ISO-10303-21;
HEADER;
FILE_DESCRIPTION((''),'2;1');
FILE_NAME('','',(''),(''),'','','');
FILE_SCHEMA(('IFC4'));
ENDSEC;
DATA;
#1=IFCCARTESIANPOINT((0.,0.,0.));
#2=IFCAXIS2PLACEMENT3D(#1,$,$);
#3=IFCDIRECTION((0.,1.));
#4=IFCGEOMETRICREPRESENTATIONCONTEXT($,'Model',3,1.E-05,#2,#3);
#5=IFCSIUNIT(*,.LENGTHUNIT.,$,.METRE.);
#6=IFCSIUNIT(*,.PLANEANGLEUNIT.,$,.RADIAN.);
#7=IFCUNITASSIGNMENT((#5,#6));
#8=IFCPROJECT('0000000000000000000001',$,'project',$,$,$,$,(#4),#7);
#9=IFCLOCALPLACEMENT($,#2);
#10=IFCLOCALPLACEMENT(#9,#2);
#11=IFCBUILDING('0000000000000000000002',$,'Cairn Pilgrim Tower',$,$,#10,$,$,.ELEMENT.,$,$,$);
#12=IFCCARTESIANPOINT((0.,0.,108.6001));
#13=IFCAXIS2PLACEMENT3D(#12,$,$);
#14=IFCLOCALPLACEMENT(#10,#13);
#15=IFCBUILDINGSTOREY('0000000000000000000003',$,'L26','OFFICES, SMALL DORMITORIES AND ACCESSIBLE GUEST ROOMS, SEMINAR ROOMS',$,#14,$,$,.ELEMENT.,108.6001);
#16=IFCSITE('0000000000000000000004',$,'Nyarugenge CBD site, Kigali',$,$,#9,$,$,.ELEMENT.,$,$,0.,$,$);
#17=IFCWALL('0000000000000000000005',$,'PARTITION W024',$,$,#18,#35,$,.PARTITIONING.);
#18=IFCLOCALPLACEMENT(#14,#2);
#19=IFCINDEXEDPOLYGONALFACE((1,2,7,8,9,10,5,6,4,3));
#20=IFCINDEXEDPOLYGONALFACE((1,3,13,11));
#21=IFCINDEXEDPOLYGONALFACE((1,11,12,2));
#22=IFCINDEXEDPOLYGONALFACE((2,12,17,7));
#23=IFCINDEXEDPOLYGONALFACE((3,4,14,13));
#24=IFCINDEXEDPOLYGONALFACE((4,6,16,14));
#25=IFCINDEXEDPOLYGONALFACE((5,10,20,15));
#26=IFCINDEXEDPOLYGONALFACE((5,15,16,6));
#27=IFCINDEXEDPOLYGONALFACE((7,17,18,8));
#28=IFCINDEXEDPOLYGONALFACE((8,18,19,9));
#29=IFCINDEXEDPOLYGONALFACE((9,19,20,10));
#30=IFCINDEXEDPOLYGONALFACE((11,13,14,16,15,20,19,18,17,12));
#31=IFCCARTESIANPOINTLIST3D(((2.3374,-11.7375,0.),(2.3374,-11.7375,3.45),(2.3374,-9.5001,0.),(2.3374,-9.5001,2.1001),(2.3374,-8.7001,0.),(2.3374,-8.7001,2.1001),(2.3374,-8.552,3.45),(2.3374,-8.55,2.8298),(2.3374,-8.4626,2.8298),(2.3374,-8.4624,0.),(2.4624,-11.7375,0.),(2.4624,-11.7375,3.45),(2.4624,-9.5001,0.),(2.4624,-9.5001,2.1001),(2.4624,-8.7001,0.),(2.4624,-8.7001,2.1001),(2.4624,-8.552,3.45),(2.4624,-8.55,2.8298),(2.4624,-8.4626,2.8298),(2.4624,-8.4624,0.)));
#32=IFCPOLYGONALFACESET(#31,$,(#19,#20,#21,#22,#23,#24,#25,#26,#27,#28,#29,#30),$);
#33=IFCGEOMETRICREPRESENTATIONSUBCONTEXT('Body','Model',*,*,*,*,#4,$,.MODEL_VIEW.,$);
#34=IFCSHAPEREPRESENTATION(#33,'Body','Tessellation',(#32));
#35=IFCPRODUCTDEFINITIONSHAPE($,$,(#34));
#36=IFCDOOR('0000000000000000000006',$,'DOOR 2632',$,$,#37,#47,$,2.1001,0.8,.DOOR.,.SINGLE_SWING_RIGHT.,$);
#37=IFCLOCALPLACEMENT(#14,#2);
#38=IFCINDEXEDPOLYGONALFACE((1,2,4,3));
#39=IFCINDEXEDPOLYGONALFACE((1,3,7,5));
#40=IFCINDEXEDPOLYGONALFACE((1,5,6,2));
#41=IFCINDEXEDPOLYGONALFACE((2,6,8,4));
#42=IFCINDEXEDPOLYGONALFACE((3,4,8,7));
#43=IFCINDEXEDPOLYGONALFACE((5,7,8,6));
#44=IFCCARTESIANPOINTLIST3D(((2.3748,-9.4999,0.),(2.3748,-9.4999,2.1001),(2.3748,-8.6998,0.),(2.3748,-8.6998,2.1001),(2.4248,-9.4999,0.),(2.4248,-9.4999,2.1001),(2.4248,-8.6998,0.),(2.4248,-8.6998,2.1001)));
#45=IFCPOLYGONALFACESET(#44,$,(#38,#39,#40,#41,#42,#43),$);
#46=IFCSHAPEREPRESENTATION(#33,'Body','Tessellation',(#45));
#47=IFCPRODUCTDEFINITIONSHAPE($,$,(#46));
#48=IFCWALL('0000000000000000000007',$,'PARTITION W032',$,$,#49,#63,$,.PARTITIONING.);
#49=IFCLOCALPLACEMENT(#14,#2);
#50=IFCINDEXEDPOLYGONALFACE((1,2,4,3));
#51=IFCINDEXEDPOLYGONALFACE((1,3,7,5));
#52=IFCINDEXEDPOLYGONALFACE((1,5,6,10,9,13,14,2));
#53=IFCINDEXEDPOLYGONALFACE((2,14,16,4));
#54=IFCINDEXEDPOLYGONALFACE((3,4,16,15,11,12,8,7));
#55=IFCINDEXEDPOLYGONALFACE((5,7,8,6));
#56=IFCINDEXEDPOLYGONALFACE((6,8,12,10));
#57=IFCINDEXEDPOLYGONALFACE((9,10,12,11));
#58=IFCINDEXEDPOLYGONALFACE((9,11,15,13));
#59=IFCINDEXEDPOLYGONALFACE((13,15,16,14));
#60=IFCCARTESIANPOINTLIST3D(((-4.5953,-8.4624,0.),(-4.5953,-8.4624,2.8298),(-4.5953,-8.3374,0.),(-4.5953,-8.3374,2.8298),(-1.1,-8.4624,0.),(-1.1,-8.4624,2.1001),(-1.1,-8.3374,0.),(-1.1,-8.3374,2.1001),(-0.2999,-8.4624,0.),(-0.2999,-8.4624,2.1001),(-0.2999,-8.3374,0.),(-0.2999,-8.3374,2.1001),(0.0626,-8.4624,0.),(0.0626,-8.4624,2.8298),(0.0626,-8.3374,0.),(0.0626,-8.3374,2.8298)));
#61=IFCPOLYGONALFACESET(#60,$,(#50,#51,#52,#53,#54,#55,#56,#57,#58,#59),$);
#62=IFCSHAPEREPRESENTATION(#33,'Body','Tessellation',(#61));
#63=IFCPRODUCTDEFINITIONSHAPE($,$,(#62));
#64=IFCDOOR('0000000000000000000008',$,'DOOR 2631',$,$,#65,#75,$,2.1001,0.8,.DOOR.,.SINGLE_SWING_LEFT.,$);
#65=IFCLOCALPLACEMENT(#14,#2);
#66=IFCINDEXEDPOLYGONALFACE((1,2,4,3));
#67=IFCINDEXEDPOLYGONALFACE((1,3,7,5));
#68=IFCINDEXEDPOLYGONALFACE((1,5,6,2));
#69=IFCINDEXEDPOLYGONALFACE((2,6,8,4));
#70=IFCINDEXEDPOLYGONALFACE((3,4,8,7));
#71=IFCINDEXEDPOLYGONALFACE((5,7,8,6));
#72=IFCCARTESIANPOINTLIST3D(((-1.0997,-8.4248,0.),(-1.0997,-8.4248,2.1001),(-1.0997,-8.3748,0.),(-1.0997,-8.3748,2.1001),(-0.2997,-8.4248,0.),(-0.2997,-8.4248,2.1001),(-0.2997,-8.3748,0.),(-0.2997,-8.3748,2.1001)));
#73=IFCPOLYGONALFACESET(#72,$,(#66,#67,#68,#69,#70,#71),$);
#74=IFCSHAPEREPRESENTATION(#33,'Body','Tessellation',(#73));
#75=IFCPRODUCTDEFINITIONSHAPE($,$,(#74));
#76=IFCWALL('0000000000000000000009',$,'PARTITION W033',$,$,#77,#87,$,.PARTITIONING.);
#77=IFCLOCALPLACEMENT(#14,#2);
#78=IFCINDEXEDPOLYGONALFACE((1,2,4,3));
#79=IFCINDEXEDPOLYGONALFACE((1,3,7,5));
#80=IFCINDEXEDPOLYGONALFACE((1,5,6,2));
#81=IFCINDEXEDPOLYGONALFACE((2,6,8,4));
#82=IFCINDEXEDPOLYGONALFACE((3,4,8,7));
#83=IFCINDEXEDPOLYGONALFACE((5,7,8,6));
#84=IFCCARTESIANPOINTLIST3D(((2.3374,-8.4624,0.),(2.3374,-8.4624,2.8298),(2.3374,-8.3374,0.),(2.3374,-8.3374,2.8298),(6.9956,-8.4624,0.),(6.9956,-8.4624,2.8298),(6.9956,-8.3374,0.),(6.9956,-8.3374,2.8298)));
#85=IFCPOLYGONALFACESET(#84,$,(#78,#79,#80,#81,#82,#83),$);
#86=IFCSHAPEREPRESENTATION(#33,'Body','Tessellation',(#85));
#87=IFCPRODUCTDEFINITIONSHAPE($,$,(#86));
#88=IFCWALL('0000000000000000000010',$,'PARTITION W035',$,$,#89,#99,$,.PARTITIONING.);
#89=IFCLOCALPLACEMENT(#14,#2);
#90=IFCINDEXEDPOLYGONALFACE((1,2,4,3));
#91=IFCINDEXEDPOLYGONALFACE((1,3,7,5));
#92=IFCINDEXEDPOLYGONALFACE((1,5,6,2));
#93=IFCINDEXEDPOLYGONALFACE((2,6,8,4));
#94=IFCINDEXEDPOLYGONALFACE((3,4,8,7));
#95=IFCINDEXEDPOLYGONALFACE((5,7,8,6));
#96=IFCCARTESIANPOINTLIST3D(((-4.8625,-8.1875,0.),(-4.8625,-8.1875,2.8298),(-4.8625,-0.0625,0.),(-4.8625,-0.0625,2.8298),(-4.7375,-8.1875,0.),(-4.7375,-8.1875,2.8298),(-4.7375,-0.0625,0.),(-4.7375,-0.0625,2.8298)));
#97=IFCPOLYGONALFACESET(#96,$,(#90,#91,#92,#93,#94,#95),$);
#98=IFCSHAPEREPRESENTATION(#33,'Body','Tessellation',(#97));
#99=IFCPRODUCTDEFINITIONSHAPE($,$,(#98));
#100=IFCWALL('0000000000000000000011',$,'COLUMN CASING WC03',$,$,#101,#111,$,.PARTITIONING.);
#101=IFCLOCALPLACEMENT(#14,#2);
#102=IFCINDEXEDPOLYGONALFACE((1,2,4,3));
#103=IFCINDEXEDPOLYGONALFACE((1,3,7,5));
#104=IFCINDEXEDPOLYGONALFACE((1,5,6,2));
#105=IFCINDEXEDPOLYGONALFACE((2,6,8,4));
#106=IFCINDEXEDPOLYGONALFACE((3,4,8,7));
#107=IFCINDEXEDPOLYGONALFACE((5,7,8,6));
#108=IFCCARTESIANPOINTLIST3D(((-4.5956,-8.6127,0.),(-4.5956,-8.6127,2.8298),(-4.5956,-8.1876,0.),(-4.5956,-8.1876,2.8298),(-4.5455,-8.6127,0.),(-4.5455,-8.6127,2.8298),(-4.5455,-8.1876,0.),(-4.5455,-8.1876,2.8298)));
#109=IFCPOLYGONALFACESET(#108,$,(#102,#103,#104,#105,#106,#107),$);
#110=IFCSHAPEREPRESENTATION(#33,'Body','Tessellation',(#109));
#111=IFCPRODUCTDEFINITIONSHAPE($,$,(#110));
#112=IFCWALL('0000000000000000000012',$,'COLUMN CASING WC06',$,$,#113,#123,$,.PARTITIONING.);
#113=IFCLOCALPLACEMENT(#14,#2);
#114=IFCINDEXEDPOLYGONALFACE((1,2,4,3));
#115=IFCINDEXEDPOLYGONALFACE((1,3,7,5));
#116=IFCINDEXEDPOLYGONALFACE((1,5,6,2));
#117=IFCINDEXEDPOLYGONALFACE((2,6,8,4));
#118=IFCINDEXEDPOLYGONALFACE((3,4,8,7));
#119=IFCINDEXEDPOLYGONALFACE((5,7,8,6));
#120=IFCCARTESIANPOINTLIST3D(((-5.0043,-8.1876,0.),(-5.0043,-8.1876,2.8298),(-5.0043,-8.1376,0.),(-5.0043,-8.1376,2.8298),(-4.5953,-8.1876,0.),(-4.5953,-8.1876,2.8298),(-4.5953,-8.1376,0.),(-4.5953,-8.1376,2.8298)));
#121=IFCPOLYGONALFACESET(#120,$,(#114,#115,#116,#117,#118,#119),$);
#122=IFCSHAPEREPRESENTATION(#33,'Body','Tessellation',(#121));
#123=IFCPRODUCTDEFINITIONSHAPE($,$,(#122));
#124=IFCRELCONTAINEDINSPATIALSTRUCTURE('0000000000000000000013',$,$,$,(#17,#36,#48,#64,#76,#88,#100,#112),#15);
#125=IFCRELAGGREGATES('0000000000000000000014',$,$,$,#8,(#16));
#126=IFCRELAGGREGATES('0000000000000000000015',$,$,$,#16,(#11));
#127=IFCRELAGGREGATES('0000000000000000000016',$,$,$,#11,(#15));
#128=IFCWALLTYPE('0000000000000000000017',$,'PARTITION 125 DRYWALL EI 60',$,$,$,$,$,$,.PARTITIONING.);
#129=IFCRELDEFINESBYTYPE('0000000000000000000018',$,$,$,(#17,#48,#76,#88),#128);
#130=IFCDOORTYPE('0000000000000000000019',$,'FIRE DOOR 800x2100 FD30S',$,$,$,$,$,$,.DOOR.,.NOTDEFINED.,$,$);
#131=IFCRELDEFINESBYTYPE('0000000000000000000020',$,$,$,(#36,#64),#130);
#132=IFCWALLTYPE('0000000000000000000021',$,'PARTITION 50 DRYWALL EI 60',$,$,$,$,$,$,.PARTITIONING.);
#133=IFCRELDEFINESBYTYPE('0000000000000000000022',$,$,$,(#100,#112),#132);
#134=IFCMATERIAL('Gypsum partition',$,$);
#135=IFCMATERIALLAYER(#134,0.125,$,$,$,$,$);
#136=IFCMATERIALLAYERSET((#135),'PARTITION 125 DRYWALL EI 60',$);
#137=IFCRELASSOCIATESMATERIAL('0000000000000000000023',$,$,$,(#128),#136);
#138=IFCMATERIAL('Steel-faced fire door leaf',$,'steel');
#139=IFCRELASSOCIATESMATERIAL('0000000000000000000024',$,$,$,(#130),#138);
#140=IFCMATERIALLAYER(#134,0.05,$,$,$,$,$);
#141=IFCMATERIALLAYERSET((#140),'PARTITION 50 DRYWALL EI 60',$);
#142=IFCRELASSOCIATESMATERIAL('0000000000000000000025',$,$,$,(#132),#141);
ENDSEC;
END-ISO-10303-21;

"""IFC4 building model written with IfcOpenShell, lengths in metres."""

from ifc_helpers import new_model, si_unit, direction, frame, frame_2d, origin, place, context, subcontext, project, spatial, polyline, rectangle, outline, extrude, material, layer, layer_set, type_object, element, fill, save


model = new_model("IFC4")

# Units and contexts
model_context = context("Model", 3, precision=1e-05, world=origin(), true_north=direction((0.0, 1.0)))
body_context = subcontext(model_context, "Body", "Model", "MODEL_VIEW")
ifc_project = project(units=[si_unit("LENGTHUNIT", "METRE"), si_unit("PLANEANGLEUNIT", "RADIAN")], contexts=[model_context])

# Site, building, storey
site_placement = place(None, origin())
site = spatial("IfcSite", under=ifc_project, at=site_placement, Name="Nyarugenge CBD site, Kigali", CompositionType="ELEMENT", RefElevation=0.0)
building_placement = place(site_placement, origin())
building = spatial("IfcBuilding", under=site, at=building_placement, Name="Cairn Pilgrim Tower", CompositionType="ELEMENT")
storey_placement = place(building_placement, frame((0.0, 0.0, 108.6001)))
storey = spatial("IfcBuildingStorey", under=building, at=storey_placement, Name="L26", Description="OFFICES, SMALL DORMITORIES AND ACCESSIBLE GUEST ROOMS, SEMINAR ROOMS", CompositionType="ELEMENT", Elevation=108.6001)

# Shared definitions
ifc_material_1 = material(Name="Gypsum partition")
ifc_layer_1 = layer(ifc_material_1, 0.125)
ifc_layer_set_1 = layer_set([ifc_layer_1], Name="PARTITION 125 DRYWALL EI 60")
wall_type_1 = type_object("IfcWallType", Name="PARTITION 125 DRYWALL EI 60", PredefinedType="PARTITIONING", material=ifc_layer_set_1)

# Walls, openings, doors
wall_1_placement = place(storey_placement, frame((2.3999, -11.7375, 0.0), z_axis=(0.0, 0.0, 1.0), x_axis=(0.0, 1.0, 0.0)))
wall_1 = element("IfcWall", 1, at=wall_1_placement, inside=storey, type_object=wall_type_1, Name="PARTITION W024", PredefinedType="PARTITIONING", context=body_context, shape_type="SweptSolid", body=[
    extrude(outline(polyline([(0.0, 0.0), (3.2751, 0.0), (3.2749, 2.8298), (3.1875, 2.8298), (3.1855, 3.45), (0.0, 3.45), (0.0, 0.0)])), frame((0.0, 0.0625, 0.0), z_axis=(0.0, -1.0, 0.0), x_axis=(1.0, 0.0, 0.0)), (0.0, 0.0, 1.0), 0.125),
])
opening_1_placement = place(wall_1_placement, frame((2.2375, 0.0, 0.0)))
opening_1 = element("IfcOpeningElement", 2, at=opening_1_placement, cuts=wall_1, PredefinedType="OPENING", context=body_context, shape_type="SweptSolid", body=[
    extrude(rectangle(XDim=0.8, YDim=2.1001, at=frame_2d((0.3999, 1.05))), frame((0.0, 0.0725, 0.0), z_axis=(0.0, -1.0, 0.0), x_axis=(1.0, 0.0, 0.0)), (0.0, 0.0, 1.0), 0.145),
])
ifc_material_2 = material(Name="Steel-faced fire door leaf", Category="steel")
door_type = type_object("IfcDoorType", Name="FIRE DOOR 800x2100 FD30S", OperationType="NOTDEFINED", PredefinedType="DOOR", material=ifc_material_2)
door_1_placement = place(opening_1_placement, frame((0.8, 0.0, 0.0), z_axis=(0.0, 0.0, 1.0), x_axis=(-1.0, 0.0, 0.0)))
door_1 = element("IfcDoor", 3, at=door_1_placement, inside=storey, type_object=door_type, Name="DOOR 2632", OperationType="SINGLE_SWING_RIGHT", OverallHeight=2.1001, OverallWidth=0.8, PredefinedType="DOOR", context=body_context, shape_type="SweptSolid", body=[
    extrude(rectangle(XDim=0.8, YDim=2.1001, at=frame_2d((0.3999, 1.05))), frame((0.0, 0.0249, 0.0), z_axis=(0.0, -1.0, 0.0), x_axis=(1.0, 0.0, 0.0)), (0.0, 0.0, 1.0), 0.05),
])
fill(opening_1, door_1)
wall_2_placement = place(storey_placement, frame((-4.5955, -8.3999, 0.0), z_axis=(0.0, 0.0, 1.0), x_axis=(1.0, 0.0, 0.0)))
wall_2 = element("IfcWall", 4, at=wall_2_placement, inside=storey, type_object=wall_type_1, Name="PARTITION W032", PredefinedType="PARTITIONING", context=body_context, shape_type="SweptSolid", body=[
    extrude(rectangle(XDim=4.658, YDim=0.125, at=frame_2d((2.3291, 0.0))), origin(), (0.0, 0.0, 1.0), 2.8298),
])
opening_2_placement = place(wall_2_placement, frame((3.4956, 0.0, 0.0)))
opening_2 = element("IfcOpeningElement", 5, at=opening_2_placement, cuts=wall_2, PredefinedType="OPENING", context=body_context, shape_type="SweptSolid", body=[
    extrude(rectangle(XDim=0.8, YDim=2.1001, at=frame_2d((0.3999, 1.05))), frame((0.0, 0.0725, 0.0), z_axis=(0.0, -1.0, 0.0), x_axis=(1.0, 0.0, 0.0)), (0.0, 0.0, 1.0), 0.145),
])
door_2_placement = place(opening_2_placement, frame((0.8, 0.0, 0.0), z_axis=(0.0, 0.0, 1.0), x_axis=(-1.0, 0.0, 0.0)))
door_2 = element("IfcDoor", 6, at=door_2_placement, inside=storey, type_object=door_type, Name="DOOR 2631", OperationType="SINGLE_SWING_LEFT", OverallHeight=2.1001, OverallWidth=0.8, PredefinedType="DOOR", context=body_context, shape_type="SweptSolid", body=[
    extrude(rectangle(XDim=0.8, YDim=2.1001, at=frame_2d((0.3999, 1.05))), frame((0.0, 0.0249, 0.0), z_axis=(0.0, -1.0, 0.0), x_axis=(1.0, 0.0, 0.0)), (0.0, 0.0, 1.0), 0.05),
])
fill(opening_2, door_2)

# Walls
wall_3_placement = place(storey_placement, frame((2.3374, -8.3999, 0.0), z_axis=(0.0, 0.0, 1.0), x_axis=(1.0, 0.0, 0.0)))
element("IfcWall", 7, at=wall_3_placement, inside=storey, type_object=wall_type_1, Name="PARTITION W033", PredefinedType="PARTITIONING", context=body_context, shape_type="SweptSolid", body=[
    extrude(rectangle(XDim=4.6582, YDim=0.125, at=frame_2d((2.3291, 0.0))), origin(), (0.0, 0.0, 1.0), 2.8298),
])
wall_4_placement = place(storey_placement, frame((-4.8, -8.1875, 0.0), z_axis=(0.0, 0.0, 1.0), x_axis=(0.0, 1.0, 0.0)))
element("IfcWall", 8, at=wall_4_placement, inside=storey, type_object=wall_type_1, Name="PARTITION W035", PredefinedType="PARTITIONING", context=body_context, shape_type="SweptSolid", body=[
    extrude(rectangle(XDim=8.125, YDim=0.125, at=frame_2d((4.0625, 0.0))), origin(), (0.0, 0.0, 1.0), 2.8298),
])
ifc_layer_2 = layer(ifc_material_1, 0.05)
ifc_layer_set_2 = layer_set([ifc_layer_2], Name="PARTITION 50 DRYWALL EI 60")
wall_type_2 = type_object("IfcWallType", Name="PARTITION 50 DRYWALL EI 60", PredefinedType="PARTITIONING", material=ifc_layer_set_2)
wall_5_placement = place(storey_placement, frame((-4.5706, -8.6125, 0.0), z_axis=(0.0, 0.0, 1.0), x_axis=(0.0, 1.0, 0.0)))
element("IfcWall", 9, at=wall_5_placement, inside=storey, type_object=wall_type_2, Name="COLUMN CASING WC03", PredefinedType="PARTITIONING", context=body_context, shape_type="SweptSolid", body=[
    extrude(rectangle(XDim=0.425, YDim=0.05, at=frame_2d((0.2124, 0.0))), origin(), (0.0, 0.0, 1.0), 2.8298),
])
wall_6_placement = place(storey_placement, frame((-5.0044, -8.1626, 0.0), z_axis=(0.0, 0.0, 1.0), x_axis=(1.0, 0.0, 0.0)))
element("IfcWall", 10, at=wall_6_placement, inside=storey, type_object=wall_type_2, Name="COLUMN CASING WC06", PredefinedType="PARTITIONING", context=body_context, shape_type="SweptSolid", body=[
    extrude(rectangle(XDim=0.4089, YDim=0.05, at=frame_2d((0.2046, 0.0))), origin(), (0.0, 0.0, 1.0), 2.8298),
])

save(model, "model.ifc")
